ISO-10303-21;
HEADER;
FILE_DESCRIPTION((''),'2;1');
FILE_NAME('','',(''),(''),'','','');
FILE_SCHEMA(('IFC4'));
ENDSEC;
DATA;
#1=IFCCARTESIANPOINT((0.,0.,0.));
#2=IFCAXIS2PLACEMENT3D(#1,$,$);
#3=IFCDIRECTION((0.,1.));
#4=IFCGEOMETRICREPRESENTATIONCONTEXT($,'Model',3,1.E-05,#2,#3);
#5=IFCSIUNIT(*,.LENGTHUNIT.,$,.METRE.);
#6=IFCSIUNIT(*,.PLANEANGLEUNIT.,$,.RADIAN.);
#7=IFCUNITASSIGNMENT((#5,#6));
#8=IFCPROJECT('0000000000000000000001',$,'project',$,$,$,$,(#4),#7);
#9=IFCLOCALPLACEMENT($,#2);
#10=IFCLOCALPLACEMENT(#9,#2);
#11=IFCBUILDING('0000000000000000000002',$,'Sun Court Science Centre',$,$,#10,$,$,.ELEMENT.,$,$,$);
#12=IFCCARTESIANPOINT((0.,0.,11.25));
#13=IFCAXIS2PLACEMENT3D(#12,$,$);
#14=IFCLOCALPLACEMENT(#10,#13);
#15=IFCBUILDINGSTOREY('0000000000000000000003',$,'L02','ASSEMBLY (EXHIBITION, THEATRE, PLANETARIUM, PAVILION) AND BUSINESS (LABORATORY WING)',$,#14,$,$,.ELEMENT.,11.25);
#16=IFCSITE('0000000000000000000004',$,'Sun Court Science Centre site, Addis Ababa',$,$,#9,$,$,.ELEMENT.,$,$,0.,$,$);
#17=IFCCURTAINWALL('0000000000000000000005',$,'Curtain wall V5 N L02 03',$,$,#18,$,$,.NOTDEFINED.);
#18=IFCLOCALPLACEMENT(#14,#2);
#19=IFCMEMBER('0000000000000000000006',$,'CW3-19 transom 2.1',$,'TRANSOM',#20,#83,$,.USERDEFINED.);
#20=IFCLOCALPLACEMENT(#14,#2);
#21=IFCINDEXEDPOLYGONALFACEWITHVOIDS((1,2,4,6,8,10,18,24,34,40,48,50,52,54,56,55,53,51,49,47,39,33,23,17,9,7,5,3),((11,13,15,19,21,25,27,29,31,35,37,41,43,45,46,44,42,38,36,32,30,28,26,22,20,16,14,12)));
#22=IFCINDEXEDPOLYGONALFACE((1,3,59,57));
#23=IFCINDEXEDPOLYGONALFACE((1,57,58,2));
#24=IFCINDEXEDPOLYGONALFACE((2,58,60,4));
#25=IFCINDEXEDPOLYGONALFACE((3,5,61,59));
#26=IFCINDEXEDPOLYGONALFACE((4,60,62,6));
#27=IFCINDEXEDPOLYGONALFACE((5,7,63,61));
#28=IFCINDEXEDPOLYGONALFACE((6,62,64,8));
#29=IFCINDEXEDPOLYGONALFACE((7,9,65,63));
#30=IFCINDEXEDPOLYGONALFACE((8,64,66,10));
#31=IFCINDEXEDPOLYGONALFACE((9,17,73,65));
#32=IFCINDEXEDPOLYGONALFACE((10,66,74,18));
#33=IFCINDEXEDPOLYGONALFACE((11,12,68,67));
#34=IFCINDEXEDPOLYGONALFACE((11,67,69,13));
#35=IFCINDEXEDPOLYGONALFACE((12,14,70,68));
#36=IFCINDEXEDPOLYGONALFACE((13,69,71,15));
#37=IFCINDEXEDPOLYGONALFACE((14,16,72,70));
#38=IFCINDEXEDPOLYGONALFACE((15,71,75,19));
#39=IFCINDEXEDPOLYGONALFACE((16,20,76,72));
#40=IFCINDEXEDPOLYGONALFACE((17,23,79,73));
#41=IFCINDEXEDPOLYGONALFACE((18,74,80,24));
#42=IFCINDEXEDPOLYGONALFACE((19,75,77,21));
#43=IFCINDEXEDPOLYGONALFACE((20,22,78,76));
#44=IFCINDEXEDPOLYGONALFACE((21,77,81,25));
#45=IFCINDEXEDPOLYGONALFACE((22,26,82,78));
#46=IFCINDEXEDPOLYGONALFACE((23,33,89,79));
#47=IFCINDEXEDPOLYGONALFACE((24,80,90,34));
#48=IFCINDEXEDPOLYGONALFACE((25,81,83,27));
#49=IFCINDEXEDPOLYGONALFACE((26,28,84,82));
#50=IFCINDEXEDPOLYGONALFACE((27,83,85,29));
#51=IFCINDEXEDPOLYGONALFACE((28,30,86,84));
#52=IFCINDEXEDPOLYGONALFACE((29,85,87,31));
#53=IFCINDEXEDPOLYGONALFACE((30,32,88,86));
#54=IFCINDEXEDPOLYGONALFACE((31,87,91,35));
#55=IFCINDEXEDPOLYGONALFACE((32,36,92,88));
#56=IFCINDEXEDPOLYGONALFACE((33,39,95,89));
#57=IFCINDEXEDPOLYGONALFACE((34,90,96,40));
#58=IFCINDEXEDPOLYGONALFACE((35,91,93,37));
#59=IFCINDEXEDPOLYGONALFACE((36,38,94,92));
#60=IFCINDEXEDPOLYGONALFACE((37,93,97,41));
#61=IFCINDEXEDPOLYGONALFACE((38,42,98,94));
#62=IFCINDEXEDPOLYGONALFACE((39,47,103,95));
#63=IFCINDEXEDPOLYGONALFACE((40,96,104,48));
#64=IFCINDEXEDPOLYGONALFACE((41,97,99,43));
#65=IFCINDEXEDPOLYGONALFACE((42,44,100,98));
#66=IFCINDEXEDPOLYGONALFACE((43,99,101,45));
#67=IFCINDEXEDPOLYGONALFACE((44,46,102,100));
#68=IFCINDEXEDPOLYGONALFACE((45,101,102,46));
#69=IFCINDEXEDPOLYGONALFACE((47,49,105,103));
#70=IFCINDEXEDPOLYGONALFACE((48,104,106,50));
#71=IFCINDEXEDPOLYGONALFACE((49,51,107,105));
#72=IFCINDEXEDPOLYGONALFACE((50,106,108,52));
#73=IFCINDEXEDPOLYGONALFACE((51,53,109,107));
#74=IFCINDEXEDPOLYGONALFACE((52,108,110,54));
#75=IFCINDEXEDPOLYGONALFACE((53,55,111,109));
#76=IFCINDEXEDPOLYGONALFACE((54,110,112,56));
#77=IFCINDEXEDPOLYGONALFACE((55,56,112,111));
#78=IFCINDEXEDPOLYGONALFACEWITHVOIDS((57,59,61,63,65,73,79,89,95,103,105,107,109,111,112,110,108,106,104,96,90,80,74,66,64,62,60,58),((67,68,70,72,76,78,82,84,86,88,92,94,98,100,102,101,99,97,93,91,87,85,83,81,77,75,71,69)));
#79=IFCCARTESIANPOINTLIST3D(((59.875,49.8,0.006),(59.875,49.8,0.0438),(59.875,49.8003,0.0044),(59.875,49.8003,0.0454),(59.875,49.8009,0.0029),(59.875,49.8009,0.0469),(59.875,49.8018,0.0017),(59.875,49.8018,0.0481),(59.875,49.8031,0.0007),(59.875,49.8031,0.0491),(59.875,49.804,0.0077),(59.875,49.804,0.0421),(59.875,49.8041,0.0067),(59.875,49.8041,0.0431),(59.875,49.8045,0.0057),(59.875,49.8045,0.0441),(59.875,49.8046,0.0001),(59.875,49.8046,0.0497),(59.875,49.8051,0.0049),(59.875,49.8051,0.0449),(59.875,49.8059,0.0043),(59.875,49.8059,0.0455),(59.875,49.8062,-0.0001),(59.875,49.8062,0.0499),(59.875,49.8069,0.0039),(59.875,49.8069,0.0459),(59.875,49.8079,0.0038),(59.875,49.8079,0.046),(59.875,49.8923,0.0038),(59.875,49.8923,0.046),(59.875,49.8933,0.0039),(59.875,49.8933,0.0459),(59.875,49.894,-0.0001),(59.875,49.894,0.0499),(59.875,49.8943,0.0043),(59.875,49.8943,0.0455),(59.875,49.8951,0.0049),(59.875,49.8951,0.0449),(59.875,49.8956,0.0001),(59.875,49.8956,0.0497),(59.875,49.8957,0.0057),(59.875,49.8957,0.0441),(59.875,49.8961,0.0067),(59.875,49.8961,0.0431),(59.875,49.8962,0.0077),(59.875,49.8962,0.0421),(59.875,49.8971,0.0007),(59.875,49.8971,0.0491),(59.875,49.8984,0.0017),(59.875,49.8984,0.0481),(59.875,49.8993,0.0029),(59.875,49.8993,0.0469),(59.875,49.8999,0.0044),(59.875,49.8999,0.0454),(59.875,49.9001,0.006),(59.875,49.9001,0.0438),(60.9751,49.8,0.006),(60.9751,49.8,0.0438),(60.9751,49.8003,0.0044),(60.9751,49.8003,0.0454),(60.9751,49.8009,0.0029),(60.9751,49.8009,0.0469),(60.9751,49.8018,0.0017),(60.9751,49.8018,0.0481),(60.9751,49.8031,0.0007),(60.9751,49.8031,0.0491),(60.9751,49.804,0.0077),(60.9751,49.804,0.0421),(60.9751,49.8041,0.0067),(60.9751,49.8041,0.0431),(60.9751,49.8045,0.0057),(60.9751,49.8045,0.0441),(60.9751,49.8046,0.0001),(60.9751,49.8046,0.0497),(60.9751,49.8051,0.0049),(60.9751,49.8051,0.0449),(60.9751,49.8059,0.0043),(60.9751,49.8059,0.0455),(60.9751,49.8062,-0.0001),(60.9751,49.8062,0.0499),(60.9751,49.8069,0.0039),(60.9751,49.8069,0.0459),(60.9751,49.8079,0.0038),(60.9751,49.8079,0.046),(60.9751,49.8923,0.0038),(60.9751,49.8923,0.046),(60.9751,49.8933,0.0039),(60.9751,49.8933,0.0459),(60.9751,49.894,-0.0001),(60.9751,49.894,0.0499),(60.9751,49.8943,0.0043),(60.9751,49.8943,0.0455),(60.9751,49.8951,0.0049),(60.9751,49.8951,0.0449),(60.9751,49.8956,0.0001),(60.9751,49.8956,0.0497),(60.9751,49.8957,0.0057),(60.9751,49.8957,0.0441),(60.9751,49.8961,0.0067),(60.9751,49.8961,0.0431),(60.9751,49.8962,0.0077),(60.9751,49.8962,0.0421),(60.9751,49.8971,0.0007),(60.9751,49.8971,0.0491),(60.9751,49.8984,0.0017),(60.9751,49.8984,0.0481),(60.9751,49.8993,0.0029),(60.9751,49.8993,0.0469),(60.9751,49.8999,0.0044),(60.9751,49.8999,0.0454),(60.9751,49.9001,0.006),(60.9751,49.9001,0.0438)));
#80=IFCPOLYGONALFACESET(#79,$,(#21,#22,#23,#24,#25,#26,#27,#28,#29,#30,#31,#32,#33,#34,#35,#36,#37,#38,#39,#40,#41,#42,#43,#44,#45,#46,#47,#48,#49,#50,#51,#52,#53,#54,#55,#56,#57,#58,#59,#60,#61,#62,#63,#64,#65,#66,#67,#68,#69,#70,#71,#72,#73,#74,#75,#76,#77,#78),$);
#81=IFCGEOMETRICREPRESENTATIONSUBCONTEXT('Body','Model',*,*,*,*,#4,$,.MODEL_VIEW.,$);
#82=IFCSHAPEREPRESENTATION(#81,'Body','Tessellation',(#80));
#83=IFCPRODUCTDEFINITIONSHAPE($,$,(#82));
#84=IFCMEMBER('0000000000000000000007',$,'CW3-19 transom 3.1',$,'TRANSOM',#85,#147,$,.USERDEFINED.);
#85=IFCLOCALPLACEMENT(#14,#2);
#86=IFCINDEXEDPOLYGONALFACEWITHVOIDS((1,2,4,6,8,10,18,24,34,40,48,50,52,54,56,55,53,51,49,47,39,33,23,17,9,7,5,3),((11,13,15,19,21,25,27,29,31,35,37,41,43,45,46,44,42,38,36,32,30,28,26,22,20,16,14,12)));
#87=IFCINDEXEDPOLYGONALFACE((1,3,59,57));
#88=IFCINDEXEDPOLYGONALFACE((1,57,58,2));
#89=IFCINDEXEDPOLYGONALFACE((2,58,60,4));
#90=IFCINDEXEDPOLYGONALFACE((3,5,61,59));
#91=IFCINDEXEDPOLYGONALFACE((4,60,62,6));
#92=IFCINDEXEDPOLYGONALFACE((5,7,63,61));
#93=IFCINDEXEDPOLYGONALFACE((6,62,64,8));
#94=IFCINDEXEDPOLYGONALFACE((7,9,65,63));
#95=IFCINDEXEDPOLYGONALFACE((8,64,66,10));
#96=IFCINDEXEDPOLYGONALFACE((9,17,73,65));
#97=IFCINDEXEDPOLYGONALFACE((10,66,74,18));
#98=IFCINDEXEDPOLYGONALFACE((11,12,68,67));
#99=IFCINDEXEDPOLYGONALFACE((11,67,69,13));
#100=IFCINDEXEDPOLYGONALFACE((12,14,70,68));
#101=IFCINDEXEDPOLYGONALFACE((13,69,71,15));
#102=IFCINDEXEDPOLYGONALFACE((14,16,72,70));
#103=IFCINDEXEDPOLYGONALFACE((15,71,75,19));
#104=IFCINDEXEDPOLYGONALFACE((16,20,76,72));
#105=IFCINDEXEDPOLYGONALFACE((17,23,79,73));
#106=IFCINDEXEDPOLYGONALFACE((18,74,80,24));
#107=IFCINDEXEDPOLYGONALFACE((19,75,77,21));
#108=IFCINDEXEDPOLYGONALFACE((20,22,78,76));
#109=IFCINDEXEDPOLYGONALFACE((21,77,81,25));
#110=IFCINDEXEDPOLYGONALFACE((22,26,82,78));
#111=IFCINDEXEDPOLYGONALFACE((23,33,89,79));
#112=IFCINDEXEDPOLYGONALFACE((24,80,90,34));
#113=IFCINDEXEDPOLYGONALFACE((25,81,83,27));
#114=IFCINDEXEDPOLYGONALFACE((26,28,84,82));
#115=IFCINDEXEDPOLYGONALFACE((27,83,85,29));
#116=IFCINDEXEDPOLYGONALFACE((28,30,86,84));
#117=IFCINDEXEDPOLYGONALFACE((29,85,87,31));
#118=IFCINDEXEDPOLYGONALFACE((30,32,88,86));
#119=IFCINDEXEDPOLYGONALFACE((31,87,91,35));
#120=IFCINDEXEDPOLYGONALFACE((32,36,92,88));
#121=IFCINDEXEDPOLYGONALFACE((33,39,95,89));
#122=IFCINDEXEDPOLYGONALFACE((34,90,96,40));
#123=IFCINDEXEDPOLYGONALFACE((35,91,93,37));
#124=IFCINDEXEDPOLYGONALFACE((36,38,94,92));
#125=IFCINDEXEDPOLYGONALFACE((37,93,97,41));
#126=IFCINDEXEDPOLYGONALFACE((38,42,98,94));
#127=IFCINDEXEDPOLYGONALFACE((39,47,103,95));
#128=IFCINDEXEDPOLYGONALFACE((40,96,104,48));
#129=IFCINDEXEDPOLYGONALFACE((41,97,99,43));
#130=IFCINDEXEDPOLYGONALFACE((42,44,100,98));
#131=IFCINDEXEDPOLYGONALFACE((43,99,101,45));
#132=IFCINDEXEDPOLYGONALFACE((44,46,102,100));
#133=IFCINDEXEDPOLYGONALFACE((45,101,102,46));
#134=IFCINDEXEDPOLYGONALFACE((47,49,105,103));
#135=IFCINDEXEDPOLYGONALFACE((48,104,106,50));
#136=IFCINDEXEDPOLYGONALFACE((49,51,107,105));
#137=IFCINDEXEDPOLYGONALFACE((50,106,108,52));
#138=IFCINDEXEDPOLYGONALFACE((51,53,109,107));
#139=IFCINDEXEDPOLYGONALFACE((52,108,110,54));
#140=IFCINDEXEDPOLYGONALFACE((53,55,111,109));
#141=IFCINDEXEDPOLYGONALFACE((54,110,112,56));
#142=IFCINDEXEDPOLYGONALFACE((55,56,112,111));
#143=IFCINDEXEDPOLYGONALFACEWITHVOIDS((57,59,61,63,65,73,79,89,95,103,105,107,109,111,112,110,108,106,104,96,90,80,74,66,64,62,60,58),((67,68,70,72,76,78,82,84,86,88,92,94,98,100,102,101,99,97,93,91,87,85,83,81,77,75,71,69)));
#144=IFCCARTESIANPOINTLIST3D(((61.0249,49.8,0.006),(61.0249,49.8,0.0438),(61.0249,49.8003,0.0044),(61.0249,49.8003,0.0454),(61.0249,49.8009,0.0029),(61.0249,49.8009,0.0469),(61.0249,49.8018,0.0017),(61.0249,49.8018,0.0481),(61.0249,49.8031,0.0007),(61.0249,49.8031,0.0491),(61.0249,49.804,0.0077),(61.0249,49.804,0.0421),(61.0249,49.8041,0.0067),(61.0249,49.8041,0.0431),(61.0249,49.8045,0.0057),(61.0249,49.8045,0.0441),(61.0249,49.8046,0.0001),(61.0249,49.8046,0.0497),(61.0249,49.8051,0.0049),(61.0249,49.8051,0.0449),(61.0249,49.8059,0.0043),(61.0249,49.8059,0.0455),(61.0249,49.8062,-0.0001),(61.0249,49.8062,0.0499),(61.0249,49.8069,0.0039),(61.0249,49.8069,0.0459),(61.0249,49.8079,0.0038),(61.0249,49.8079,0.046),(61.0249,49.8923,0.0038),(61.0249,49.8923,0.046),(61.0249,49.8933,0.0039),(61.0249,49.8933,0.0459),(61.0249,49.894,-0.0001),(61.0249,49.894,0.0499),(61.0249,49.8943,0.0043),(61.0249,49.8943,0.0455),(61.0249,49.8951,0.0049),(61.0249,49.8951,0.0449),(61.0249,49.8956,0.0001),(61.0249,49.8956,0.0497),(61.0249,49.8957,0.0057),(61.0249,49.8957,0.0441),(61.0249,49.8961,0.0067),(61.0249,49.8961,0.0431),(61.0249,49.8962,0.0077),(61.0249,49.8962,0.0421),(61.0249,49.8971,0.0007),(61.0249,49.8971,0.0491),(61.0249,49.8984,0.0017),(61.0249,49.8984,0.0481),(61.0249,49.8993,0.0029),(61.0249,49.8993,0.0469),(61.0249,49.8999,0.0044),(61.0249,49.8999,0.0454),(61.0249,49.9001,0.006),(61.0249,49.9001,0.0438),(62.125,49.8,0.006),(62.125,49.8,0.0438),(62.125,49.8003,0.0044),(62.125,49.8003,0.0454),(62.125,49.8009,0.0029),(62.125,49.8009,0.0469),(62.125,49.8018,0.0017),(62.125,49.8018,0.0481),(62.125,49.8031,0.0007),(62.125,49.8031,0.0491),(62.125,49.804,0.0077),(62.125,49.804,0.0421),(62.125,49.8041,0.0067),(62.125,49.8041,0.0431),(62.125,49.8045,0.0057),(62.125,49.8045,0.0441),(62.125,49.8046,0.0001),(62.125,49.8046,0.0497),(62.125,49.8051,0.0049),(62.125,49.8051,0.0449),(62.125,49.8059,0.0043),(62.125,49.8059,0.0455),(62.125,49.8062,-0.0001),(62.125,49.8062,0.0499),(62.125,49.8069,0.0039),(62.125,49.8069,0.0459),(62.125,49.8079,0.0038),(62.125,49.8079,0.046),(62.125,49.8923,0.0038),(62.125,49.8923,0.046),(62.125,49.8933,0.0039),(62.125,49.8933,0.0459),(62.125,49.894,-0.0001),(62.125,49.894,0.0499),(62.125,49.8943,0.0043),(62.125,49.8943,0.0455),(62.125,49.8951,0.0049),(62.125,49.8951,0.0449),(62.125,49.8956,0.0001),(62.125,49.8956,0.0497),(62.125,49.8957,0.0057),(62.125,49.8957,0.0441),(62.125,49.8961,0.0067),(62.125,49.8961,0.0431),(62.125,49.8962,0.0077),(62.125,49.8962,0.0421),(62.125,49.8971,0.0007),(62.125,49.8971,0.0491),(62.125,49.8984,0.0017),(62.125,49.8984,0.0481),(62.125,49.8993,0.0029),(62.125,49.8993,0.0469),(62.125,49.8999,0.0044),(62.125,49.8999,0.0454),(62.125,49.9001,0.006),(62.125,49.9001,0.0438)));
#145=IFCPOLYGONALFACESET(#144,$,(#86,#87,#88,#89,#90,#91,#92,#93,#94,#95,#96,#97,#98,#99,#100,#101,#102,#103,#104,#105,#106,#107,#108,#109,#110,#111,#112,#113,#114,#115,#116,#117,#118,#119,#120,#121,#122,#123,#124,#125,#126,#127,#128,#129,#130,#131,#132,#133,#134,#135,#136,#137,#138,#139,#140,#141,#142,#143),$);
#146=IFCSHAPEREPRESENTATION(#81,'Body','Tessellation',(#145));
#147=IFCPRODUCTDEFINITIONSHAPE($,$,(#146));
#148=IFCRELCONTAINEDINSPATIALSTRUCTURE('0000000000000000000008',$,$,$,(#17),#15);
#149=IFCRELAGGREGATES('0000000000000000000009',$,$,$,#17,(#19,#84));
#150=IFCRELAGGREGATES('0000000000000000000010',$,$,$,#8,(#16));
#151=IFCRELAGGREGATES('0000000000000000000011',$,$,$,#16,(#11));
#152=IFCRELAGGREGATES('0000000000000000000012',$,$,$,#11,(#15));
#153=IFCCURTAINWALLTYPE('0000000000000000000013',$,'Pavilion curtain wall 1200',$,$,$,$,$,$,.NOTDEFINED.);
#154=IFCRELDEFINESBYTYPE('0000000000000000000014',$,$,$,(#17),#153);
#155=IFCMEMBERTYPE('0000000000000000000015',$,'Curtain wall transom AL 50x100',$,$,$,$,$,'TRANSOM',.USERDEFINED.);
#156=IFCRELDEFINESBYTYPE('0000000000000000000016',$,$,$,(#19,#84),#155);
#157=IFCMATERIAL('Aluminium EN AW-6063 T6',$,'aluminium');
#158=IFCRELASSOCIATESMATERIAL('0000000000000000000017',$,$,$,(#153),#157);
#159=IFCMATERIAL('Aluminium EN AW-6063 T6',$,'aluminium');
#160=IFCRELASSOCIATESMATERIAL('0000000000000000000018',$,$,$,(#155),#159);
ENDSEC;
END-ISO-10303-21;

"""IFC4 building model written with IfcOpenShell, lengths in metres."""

from ifc_helpers import new_model, si_unit, direction, frame, origin, origin_2d, place, context, subcontext, project, spatial, hollow_rectangle, extrude, material, material_profile, profile_set, type_object, element, aggregate, save


model = new_model("IFC4")

# Units and contexts
model_context = context("Model", 3, precision=1e-05, world=origin(), true_north=direction((0.0, 1.0)))
body_context = subcontext(model_context, "Body", "Model", "MODEL_VIEW")
ifc_project = project(units=[si_unit("LENGTHUNIT", "METRE"), si_unit("PLANEANGLEUNIT", "RADIAN")], contexts=[model_context])

# Site, building, storey
site_placement = place(None, origin())
site = spatial("IfcSite", under=ifc_project, at=site_placement, Name="Sun Court Science Centre site, Addis Ababa", CompositionType="ELEMENT", RefElevation=0.0)
building_placement = place(site_placement, origin())
building = spatial("IfcBuilding", under=site, at=building_placement, Name="Sun Court Science Centre", CompositionType="ELEMENT")
storey_placement = place(building_placement, frame((0.0, 0.0, 11.25)))
storey = spatial("IfcBuildingStorey", under=building, at=storey_placement, Name="L02", Description="ASSEMBLY (EXHIBITION, THEATRE, PLANETARIUM, PAVILION) AND BUSINESS (LABORATORY WING)", CompositionType="ELEMENT", Elevation=11.25)

# Curtain wall, members
ifc_material_1 = material(Name="Aluminium EN AW-6063 T6", Category="aluminium")
curtain_wall_type = type_object("IfcCurtainWallType", Name="Pavilion curtain wall 1200", PredefinedType="NOTDEFINED", material=ifc_material_1)
curtain_wall_placement = place(storey_placement, origin())
curtain_wall = element("IfcCurtainWall", 1, at=curtain_wall_placement, inside=storey, type_object=curtain_wall_type, Name="Curtain wall V5 N L02 03", PredefinedType="NOTDEFINED")
ifc_material_2 = material(Name="Aluminium EN AW-6063 T6", Category="aluminium")
ifc_material_profile_1 = material_profile(ifc_material_2, hollow_rectangle(XDim=0.05, YDim=0.1001, WallThickness=0.0039, InnerFilletRadius=0.0039, OuterFilletRadius=0.0061, at=origin_2d()), Name="AL 50x100x4")
ifc_profile_set_1 = profile_set([ifc_material_profile_1], Name="Aluminium EN AW-6063 T6")
member_type_1 = type_object("IfcMemberType", Name="Curtain wall transom AL 50x100", ElementType="TRANSOM", PredefinedType="USERDEFINED", material=ifc_profile_set_1)
member_1_placement = place(storey_placement, frame((59.875, 49.8501, 0.0249), z_axis=(1.0, 0.0, 0.0), x_axis=(0.0, 0.0, 1.0)))
member_1 = element("IfcMember", 2, at=member_1_placement, type_object=member_type_1, Name="CW3-19 transom 2.1", ObjectType="TRANSOM", PredefinedType="USERDEFINED", context=body_context, shape_type="SweptSolid", body=[
    extrude(hollow_rectangle(XDim=0.05, YDim=0.1001, WallThickness=0.0039, InnerFilletRadius=0.0039, OuterFilletRadius=0.0061, at=origin_2d()), origin(), (0.0, 0.0, 1.0), 1.1001),
])
member_2_placement = place(storey_placement, frame((61.0249, 49.8501, 0.0249), z_axis=(1.0, 0.0, 0.0), x_axis=(0.0, 0.0, 1.0)))
member_2 = element("IfcMember", 3, at=member_2_placement, type_object=member_type_1, Name="CW3-19 transom 3.1", ObjectType="TRANSOM", PredefinedType="USERDEFINED", context=body_context, shape_type="SweptSolid", body=[
    extrude(hollow_rectangle(XDim=0.05, YDim=0.1001, WallThickness=0.0039, InnerFilletRadius=0.0039, OuterFilletRadius=0.0061, at=origin_2d()), origin(), (0.0, 0.0, 1.0), 1.1001),
])
aggregate(curtain_wall, [member_1, member_2])

save(model, "model.ifc")
